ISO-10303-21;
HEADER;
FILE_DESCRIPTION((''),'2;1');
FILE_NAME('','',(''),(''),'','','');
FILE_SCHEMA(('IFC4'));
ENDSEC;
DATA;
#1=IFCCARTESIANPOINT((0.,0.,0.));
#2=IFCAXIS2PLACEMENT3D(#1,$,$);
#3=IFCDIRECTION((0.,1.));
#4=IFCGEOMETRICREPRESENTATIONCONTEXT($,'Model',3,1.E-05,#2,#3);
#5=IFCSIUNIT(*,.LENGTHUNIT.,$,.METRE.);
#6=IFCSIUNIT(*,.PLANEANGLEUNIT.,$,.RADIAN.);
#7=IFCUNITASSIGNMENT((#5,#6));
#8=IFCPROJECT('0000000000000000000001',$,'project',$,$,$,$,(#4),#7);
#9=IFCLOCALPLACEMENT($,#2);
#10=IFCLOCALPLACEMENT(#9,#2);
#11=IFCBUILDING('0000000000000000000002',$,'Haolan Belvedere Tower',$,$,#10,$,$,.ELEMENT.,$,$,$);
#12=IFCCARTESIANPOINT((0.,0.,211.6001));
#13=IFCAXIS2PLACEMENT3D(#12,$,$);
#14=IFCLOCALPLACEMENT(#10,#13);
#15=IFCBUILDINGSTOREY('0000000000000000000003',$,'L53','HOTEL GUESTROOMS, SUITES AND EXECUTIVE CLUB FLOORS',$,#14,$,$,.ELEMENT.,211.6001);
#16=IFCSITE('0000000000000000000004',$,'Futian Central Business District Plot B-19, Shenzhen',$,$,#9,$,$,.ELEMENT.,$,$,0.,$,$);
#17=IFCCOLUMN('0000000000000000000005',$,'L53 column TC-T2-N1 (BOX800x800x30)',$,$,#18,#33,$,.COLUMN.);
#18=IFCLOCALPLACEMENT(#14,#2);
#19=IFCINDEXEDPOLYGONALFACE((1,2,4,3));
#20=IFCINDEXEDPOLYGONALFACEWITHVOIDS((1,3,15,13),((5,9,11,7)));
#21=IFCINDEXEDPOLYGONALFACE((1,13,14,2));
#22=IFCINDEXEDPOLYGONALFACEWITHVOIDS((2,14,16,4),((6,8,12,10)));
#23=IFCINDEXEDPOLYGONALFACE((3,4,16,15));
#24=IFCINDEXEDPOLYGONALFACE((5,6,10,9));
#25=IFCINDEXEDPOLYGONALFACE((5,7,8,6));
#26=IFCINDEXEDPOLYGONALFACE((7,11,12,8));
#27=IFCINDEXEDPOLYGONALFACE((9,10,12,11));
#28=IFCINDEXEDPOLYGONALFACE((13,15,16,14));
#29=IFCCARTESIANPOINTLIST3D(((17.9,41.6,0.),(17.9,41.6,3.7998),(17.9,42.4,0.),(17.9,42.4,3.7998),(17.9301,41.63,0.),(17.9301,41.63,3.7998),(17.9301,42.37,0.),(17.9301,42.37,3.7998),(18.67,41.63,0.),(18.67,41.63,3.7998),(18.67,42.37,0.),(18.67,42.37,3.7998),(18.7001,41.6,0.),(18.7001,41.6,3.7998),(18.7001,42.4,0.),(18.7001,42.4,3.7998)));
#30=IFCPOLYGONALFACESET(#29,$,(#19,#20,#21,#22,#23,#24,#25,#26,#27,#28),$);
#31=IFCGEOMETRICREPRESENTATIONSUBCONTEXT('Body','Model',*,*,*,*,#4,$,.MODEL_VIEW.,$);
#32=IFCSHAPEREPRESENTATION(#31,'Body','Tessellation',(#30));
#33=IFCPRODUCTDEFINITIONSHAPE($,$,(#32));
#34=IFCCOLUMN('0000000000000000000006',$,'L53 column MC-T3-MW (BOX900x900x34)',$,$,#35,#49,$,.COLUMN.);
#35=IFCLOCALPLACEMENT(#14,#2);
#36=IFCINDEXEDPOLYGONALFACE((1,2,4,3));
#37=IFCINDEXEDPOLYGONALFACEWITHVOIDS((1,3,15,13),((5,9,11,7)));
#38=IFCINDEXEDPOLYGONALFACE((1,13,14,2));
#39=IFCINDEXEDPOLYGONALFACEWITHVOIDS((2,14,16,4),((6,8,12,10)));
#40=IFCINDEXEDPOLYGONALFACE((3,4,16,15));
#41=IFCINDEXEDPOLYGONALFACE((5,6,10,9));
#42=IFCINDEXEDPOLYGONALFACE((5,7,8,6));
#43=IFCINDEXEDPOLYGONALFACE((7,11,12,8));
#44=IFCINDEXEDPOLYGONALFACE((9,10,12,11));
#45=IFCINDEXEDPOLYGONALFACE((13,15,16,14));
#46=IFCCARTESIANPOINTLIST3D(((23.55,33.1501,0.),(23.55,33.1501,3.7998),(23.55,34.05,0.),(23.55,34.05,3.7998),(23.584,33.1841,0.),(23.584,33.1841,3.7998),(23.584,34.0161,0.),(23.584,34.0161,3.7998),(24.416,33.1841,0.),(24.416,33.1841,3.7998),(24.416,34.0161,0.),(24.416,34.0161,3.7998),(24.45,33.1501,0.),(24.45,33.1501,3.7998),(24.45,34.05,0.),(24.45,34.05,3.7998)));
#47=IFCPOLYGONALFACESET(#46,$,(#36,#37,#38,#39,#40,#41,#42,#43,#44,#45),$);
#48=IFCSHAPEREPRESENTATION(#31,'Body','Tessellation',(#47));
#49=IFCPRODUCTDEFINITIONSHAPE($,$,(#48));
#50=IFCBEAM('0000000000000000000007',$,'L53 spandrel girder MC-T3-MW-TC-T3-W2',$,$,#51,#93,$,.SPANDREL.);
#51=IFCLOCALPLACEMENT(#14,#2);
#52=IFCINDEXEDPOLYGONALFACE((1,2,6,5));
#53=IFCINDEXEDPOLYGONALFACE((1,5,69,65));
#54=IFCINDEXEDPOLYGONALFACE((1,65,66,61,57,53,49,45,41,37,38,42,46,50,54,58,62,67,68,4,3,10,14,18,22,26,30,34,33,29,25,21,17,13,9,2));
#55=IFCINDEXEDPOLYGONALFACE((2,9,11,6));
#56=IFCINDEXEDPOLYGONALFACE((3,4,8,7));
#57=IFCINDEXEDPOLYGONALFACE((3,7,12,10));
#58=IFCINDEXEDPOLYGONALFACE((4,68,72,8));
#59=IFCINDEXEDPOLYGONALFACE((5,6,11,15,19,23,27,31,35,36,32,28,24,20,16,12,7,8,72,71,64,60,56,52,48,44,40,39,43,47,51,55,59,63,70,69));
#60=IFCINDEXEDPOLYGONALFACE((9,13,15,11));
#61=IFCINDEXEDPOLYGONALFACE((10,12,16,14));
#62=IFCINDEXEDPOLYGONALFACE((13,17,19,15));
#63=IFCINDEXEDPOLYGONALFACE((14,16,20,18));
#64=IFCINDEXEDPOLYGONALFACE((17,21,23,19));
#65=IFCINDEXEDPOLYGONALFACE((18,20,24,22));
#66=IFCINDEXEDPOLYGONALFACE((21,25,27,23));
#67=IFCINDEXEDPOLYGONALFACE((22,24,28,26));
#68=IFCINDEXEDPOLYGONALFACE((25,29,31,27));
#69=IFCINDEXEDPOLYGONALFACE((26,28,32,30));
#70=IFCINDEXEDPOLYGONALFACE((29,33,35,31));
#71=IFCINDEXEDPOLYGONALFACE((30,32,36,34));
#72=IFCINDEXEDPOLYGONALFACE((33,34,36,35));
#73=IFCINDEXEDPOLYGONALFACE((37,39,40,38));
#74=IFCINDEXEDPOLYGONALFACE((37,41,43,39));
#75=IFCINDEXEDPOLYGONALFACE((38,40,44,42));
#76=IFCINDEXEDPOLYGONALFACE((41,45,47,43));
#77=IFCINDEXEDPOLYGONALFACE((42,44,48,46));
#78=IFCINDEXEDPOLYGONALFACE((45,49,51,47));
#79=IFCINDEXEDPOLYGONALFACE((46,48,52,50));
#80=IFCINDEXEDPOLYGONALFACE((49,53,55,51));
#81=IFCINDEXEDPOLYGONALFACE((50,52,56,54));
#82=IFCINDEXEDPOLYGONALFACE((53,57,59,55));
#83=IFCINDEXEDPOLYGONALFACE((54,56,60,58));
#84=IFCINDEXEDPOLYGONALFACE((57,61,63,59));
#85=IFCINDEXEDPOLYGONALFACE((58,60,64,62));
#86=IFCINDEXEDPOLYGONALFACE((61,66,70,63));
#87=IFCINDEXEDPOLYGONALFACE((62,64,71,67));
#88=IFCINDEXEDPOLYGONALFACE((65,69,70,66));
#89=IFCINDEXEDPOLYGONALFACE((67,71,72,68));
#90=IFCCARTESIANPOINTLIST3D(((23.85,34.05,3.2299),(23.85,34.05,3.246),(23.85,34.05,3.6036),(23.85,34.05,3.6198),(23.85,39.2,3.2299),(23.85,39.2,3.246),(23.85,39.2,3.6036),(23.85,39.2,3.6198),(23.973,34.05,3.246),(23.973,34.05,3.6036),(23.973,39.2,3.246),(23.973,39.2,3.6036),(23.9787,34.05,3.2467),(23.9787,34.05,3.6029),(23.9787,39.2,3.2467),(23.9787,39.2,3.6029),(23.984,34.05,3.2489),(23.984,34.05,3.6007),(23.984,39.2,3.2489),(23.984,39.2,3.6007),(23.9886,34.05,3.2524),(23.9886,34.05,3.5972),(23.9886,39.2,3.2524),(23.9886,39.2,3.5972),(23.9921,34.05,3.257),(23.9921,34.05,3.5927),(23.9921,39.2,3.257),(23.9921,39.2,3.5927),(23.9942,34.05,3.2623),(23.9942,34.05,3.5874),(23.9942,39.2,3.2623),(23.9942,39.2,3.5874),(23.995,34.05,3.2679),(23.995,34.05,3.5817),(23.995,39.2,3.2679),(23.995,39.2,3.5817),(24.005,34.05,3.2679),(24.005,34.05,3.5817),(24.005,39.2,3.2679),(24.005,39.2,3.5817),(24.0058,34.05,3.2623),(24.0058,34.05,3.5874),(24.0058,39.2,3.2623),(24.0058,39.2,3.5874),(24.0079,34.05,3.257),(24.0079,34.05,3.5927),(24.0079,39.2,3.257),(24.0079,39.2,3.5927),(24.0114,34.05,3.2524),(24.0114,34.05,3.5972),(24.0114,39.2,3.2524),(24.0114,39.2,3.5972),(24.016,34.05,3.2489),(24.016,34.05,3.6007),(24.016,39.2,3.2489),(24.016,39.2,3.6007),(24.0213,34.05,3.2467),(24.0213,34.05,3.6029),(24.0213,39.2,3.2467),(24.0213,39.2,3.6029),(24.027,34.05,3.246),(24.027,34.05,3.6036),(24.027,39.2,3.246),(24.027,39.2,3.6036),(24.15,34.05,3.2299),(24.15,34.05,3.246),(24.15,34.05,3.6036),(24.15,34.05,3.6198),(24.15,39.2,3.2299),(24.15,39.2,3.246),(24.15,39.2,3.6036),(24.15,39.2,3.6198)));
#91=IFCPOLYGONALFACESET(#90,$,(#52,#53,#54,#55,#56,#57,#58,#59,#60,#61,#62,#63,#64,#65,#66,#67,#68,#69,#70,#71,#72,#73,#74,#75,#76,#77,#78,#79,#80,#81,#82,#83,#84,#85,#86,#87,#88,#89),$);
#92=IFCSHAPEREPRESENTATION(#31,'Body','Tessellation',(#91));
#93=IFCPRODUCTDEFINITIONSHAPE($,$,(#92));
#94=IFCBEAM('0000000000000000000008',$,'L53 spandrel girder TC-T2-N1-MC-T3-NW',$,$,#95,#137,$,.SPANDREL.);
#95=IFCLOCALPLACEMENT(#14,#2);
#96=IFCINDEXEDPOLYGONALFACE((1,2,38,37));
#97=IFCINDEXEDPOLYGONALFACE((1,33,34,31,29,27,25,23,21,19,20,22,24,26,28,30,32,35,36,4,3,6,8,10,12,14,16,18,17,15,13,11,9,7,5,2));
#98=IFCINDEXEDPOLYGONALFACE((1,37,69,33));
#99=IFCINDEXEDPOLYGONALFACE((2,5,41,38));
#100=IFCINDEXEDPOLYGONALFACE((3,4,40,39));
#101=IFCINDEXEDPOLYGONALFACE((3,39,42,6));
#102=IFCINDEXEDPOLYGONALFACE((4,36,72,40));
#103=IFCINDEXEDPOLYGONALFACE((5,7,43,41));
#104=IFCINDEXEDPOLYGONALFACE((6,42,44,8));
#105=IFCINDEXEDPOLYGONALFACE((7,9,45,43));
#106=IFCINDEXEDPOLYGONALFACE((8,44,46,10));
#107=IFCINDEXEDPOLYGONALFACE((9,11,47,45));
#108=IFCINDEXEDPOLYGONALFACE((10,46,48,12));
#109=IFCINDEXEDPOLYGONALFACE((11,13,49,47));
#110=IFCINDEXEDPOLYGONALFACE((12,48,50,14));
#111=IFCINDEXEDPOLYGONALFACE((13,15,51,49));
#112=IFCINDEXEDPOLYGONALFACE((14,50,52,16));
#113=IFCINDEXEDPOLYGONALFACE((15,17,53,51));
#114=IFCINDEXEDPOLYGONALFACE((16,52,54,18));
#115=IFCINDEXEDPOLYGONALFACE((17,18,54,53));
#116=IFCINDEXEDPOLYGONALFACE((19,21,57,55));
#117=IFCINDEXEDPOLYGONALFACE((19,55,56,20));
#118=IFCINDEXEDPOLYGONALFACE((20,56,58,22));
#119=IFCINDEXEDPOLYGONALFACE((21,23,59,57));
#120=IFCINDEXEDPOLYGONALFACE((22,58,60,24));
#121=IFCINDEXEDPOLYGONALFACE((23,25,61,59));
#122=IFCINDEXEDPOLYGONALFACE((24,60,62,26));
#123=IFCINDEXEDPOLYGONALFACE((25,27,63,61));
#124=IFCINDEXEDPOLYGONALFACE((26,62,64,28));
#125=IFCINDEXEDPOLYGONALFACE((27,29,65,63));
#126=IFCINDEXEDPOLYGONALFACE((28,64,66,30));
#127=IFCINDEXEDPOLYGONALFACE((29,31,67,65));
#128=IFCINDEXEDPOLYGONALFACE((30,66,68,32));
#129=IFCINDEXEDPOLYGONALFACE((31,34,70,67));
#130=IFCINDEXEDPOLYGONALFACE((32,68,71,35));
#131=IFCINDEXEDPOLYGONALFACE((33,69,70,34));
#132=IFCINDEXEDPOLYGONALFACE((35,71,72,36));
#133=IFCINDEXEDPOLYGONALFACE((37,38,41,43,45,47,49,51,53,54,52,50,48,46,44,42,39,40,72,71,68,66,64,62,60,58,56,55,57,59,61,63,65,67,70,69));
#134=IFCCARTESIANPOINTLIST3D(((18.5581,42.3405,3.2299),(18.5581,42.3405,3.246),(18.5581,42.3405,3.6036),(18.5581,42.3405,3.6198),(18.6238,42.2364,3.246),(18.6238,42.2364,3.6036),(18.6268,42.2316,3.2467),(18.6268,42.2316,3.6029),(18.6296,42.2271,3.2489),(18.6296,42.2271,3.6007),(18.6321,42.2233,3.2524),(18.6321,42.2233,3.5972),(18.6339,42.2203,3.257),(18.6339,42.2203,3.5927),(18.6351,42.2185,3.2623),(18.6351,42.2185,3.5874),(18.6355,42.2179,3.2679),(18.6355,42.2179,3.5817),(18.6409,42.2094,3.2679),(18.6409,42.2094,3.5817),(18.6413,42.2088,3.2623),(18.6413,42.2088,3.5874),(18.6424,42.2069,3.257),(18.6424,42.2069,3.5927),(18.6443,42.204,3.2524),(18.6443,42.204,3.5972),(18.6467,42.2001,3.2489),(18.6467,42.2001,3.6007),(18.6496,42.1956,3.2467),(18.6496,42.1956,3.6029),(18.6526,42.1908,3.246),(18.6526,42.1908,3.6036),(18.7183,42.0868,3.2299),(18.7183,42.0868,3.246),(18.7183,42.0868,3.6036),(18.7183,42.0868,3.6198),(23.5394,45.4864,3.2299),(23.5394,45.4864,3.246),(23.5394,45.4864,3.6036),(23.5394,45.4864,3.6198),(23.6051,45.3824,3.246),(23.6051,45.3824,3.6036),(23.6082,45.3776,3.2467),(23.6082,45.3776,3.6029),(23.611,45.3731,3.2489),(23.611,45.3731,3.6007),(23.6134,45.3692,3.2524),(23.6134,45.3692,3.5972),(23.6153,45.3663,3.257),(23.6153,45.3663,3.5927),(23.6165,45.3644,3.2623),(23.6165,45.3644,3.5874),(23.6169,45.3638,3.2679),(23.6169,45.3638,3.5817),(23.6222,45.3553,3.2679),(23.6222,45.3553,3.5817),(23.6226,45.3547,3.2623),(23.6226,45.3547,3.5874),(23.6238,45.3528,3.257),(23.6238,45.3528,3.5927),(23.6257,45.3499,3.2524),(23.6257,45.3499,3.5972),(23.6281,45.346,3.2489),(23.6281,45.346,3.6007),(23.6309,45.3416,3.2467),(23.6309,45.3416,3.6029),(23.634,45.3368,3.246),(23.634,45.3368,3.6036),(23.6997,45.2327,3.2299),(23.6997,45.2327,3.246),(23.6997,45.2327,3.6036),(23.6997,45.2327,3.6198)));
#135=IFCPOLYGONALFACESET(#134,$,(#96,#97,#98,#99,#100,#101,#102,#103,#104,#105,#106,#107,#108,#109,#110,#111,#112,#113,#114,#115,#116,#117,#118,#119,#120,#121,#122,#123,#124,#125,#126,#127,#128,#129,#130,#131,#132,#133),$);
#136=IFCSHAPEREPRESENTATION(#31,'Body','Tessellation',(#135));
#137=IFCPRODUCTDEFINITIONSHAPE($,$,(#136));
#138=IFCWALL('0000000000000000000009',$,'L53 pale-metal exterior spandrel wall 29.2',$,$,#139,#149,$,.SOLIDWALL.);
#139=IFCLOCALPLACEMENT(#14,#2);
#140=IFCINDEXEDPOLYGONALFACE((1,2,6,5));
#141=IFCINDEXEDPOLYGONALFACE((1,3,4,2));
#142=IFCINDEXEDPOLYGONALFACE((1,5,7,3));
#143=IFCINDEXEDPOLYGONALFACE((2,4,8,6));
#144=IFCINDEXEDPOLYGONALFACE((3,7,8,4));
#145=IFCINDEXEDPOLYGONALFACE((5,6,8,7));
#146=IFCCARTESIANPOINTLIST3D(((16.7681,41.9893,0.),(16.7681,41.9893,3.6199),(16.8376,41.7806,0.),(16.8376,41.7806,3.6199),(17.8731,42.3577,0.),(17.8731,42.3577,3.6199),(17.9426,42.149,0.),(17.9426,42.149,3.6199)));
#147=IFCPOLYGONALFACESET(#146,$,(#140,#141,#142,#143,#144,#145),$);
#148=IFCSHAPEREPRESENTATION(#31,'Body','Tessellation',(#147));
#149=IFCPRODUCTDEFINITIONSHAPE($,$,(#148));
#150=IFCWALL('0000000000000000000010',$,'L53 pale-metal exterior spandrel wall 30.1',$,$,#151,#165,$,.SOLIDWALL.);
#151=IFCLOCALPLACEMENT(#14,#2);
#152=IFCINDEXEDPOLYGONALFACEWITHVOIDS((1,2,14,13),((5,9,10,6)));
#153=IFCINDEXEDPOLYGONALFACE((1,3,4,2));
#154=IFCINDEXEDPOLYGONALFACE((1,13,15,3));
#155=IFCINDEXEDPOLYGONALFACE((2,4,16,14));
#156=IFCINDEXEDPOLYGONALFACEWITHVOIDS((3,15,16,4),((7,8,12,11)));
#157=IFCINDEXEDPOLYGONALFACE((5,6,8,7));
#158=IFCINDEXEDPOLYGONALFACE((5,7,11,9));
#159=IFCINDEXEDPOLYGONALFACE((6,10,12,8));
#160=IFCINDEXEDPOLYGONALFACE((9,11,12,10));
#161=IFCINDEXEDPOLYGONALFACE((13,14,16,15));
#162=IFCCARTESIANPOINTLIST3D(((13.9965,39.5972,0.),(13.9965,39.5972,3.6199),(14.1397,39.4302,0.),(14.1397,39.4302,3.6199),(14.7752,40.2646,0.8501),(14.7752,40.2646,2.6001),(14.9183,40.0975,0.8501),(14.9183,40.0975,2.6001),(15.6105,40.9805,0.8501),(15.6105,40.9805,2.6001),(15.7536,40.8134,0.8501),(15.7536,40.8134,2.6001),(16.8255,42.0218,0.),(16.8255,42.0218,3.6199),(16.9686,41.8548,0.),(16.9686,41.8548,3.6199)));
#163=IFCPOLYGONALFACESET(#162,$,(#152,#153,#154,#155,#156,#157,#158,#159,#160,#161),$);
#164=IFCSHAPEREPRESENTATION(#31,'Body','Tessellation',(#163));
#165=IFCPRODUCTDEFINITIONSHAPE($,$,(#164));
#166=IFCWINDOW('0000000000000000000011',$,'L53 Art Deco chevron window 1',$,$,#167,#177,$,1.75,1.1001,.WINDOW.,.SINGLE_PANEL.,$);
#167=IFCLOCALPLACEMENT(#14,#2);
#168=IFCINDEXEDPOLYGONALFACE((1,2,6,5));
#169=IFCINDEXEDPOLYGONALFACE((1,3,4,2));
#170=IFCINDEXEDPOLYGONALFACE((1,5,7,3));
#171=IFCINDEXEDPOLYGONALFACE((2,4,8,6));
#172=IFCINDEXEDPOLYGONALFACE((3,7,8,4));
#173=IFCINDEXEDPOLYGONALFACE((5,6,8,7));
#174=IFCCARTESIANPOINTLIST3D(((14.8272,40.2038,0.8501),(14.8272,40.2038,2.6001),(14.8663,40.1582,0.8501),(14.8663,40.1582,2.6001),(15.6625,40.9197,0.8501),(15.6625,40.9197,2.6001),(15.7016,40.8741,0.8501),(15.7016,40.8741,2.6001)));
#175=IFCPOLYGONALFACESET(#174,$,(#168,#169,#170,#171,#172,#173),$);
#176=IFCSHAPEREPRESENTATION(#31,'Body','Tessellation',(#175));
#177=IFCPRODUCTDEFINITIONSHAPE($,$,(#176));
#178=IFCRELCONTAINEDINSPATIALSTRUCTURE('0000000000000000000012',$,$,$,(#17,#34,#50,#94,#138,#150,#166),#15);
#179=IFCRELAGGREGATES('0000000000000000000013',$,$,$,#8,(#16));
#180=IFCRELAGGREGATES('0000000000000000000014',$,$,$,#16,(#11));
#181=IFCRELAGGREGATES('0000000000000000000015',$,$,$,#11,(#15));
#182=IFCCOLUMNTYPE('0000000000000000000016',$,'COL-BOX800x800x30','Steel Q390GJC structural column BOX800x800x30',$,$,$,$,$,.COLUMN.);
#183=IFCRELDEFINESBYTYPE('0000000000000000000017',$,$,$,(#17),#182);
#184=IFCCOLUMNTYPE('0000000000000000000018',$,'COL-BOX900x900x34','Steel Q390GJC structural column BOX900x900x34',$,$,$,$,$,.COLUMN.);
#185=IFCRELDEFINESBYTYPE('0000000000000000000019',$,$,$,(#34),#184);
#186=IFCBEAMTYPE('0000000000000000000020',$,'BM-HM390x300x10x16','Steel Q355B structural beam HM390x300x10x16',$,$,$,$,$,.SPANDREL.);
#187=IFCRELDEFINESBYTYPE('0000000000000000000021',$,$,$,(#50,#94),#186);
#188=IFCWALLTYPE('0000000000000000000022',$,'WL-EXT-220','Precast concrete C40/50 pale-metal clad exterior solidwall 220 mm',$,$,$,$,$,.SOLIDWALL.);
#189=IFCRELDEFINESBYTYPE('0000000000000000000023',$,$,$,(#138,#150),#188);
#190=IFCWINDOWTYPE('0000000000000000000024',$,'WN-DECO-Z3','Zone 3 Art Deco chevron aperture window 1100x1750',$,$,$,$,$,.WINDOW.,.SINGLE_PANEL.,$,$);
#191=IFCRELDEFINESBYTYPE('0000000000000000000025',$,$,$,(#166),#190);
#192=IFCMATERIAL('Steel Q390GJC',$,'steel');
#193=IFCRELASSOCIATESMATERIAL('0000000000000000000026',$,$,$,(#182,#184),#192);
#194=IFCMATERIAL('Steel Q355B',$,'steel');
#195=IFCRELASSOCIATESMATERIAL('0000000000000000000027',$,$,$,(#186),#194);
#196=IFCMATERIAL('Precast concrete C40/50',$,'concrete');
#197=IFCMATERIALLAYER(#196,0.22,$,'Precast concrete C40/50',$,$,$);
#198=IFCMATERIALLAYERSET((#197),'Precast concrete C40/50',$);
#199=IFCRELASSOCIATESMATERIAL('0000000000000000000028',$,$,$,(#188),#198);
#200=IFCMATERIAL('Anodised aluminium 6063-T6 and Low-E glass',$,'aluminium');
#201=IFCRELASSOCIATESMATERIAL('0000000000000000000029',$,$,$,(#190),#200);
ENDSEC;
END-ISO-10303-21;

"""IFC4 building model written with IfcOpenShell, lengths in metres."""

from ifc_helpers import new_model, si_unit, direction, frame, frame_2d, origin, origin_2d, place, context, subcontext, project, spatial, rectangle, hollow_rectangle, i_section, extrude, material, layer, layer_set, material_profile, profile_set, type_object, element, fill, save


model = new_model("IFC4")

# Units and contexts
model_context = context("Model", 3, precision=1e-05, world=origin(), true_north=direction((0.0, 1.0)))
body_context = subcontext(model_context, "Body", "Model", "MODEL_VIEW")
ifc_project = project(units=[si_unit("LENGTHUNIT", "METRE"), si_unit("PLANEANGLEUNIT", "RADIAN")], contexts=[model_context])

# Site, building, storey
site_placement = place(None, origin())
site = spatial("IfcSite", under=ifc_project, at=site_placement, Name="Futian Central Business District Plot B-19, Shenzhen", CompositionType="ELEMENT", RefElevation=0.0)
building_placement = place(site_placement, origin())
building = spatial("IfcBuilding", under=site, at=building_placement, Name="Haolan Belvedere Tower", CompositionType="ELEMENT")
storey_placement = place(building_placement, frame((0.0, 0.0, 211.6001)))
storey = spatial("IfcBuildingStorey", under=building, at=storey_placement, Name="L53", Description="HOTEL GUESTROOMS, SUITES AND EXECUTIVE CLUB FLOORS", CompositionType="ELEMENT", Elevation=211.6001)

# Columns
ifc_material_1 = material(Name="Steel Q390GJC", Category="steel")
ifc_material_profile_1 = material_profile(ifc_material_1, hollow_rectangle(XDim=0.8, YDim=0.8, WallThickness=0.03, at=origin_2d()), Name="Steel Q390GJC")
ifc_profile_set_1 = profile_set([ifc_material_profile_1], Name="Steel Q390GJC")
column_type_1 = type_object("IfcColumnType", Name="COL-BOX800x800x30", Description="Steel Q390GJC structural column BOX800x800x30", PredefinedType="COLUMN", material=ifc_profile_set_1)
column_1_placement = place(storey_placement, frame((18.3, 42.0, 0.0), z_axis=(0.0, 0.0, 1.0), x_axis=(1.0, 0.0, 0.0)))
element("IfcColumn", 1, at=column_1_placement, inside=storey, type_object=column_type_1, Name="L53 column TC-T2-N1 (BOX800x800x30)", PredefinedType="COLUMN", context=body_context, shape_type="SweptSolid", body=[
    extrude(hollow_rectangle(XDim=0.8, YDim=0.8, WallThickness=0.03, at=origin_2d()), origin(), (0.0, 0.0, 1.0), 3.7998),
])
ifc_material_profile_2 = material_profile(ifc_material_1, hollow_rectangle(XDim=0.8999, YDim=0.8999, WallThickness=0.0339, at=origin_2d()), Name="Steel Q390GJC")
ifc_profile_set_2 = profile_set([ifc_material_profile_2], Name="Steel Q390GJC")
column_type_2 = type_object("IfcColumnType", Name="COL-BOX900x900x34", Description="Steel Q390GJC structural column BOX900x900x34", PredefinedType="COLUMN", material=ifc_profile_set_2)
column_2_placement = place(storey_placement, frame((24.0, 33.6001, 0.0), z_axis=(0.0, 0.0, 1.0), x_axis=(1.0, 0.0, 0.0)))
element("IfcColumn", 2, at=column_2_placement, inside=storey, type_object=column_type_2, Name="L53 column MC-T3-MW (BOX900x900x34)", PredefinedType="COLUMN", context=body_context, shape_type="SweptSolid", body=[
    extrude(hollow_rectangle(XDim=0.8999, YDim=0.8999, WallThickness=0.0339, at=origin_2d()), origin(), (0.0, 0.0, 1.0), 3.7998),
])

# Beams
ifc_material_2 = material(Name="Steel Q355B", Category="steel")
ifc_material_profile_3 = material_profile(ifc_material_2, i_section(OverallWidth=0.3, OverallDepth=0.3899, WebThickness=0.01, FlangeThickness=0.0161, FilletRadius=0.022, at=origin_2d()), Name="Steel Q355B")
ifc_profile_set_3 = profile_set([ifc_material_profile_3], Name="Steel Q355B")
beam_type = type_object("IfcBeamType", Name="BM-HM390x300x10x16", Description="Steel Q355B structural beam HM390x300x10x16", PredefinedType="SPANDREL", material=ifc_profile_set_3)
beam_1_placement = place(storey_placement, frame((24.0, 34.05, 3.4248), z_axis=(0.0, 1.0, 0.0), x_axis=(-1.0, 0.0, 0.0)))
element("IfcBeam", 3, at=beam_1_placement, inside=storey, type_object=beam_type, Name="L53 spandrel girder MC-T3-MW-TC-T3-W2", PredefinedType="SPANDREL", context=body_context, shape_type="SweptSolid", body=[
    extrude(i_section(OverallWidth=0.3, OverallDepth=0.3899, WebThickness=0.01, FlangeThickness=0.0161, FilletRadius=0.022, at=origin_2d()), origin(), (0.0, 0.0, 1.0), 5.1499),
])
beam_2_placement = place(storey_placement, frame((18.6382, 42.2136, 3.4248), z_axis=(0.845503, 0.533971, 0.0), x_axis=(-0.533971, 0.845503, 0.0)))
element("IfcBeam", 4, at=beam_2_placement, inside=storey, type_object=beam_type, Name="L53 spandrel girder TC-T2-N1-MC-T3-NW", PredefinedType="SPANDREL", context=body_context, shape_type="SweptSolid", body=[
    extrude(i_section(OverallWidth=0.3, OverallDepth=0.3899, WebThickness=0.01, FlangeThickness=0.0161, FilletRadius=0.022, at=origin_2d()), origin(), (0.0, 0.0, 1.0), 5.8916),
])

# Wall
ifc_material_3 = material(Name="Precast concrete C40/50", Category="concrete")
ifc_layer_1 = layer(ifc_material_3, 0.22, Name="Precast concrete C40/50")
ifc_layer_set_1 = layer_set([ifc_layer_1], Name="Precast concrete C40/50")
wall_type_1 = type_object("IfcWallType", Name="WL-EXT-220", Description="Precast concrete C40/50 pale-metal clad exterior solidwall 220 mm", PredefinedType="SOLIDWALL", material=ifc_layer_set_1)
wall_1_placement = place(storey_placement, frame((17.908, 42.2534, 0.0), z_axis=(0.0, 0.0, 1.0), x_axis=(-0.948662, -0.316291, 0.0)))
element("IfcWall", 5, at=wall_1_placement, inside=storey, type_object=wall_type_1, Name="L53 pale-metal exterior spandrel wall 29.2", PredefinedType="SOLIDWALL", context=body_context, shape_type="SweptSolid", body=[
    extrude(rectangle(XDim=1.1648, YDim=0.22, at=frame_2d((0.5825, 0.0))), origin(), (0.0, 0.0, 1.0), 3.6199),
])

# Wall, opening, window
wall_2_placement = place(storey_placement, frame((16.897, 41.9382, 0.0), z_axis=(0.0, 0.0, 1.0), x_axis=(-0.75928, -0.650764, 0.0)))
wall_2 = element("IfcWall", 6, at=wall_2_placement, inside=storey, type_object=wall_type_1, Name="L53 pale-metal exterior spandrel wall 30.1", PredefinedType="SOLIDWALL", context=body_context, shape_type="SweptSolid", body=[
    extrude(rectangle(XDim=3.7258, YDim=0.22, at=frame_2d((1.8628, 0.0))), origin(), (0.0, 0.0, 1.0), 3.6199),
])
opening_1_placement = place(wall_2_placement, frame((1.6001, 0.0, 0.8501)))
opening_1 = element("IfcOpeningElement", 7, at=opening_1_placement, cuts=wall_2, PredefinedType="OPENING", context=body_context, shape_type="SweptSolid", body=[
    extrude(rectangle(XDim=1.1001, YDim=1.75, at=frame_2d((0.55, 0.875))), frame((0.0, 0.1199, 0.0), z_axis=(0.0, -1.0, 0.0), x_axis=(1.0, 0.0, 0.0)), (0.0, 0.0, 1.0), 0.24),
])
ifc_material_4 = material(Name="Anodised aluminium 6063-T6 and Low-E glass", Category="aluminium")
window_type = type_object("IfcWindowType", Name="WN-DECO-Z3", Description="Zone 3 Art Deco chevron aperture window 1100x1750", PartitioningType="SINGLE_PANEL", PredefinedType="WINDOW", material=ifc_material_4)
window_1_placement = place(opening_1_placement, origin())
window_1 = element("IfcWindow", 8, at=window_1_placement, inside=storey, type_object=window_type, Name="L53 Art Deco chevron window 1", OverallHeight=1.75, OverallWidth=1.1001, PartitioningType="SINGLE_PANEL", PredefinedType="WINDOW", context=body_context, shape_type="SweptSolid", body=[
    extrude(rectangle(XDim=1.1001, YDim=1.75, at=frame_2d((0.55, 0.875))), frame((0.0, 0.03, 0.0), z_axis=(0.0, -1.0, 0.0), x_axis=(1.0, 0.0, 0.0)), (0.0, 0.0, 1.0), 0.0601),
])
fill(opening_1, window_1)

save(model, "model.ifc")
